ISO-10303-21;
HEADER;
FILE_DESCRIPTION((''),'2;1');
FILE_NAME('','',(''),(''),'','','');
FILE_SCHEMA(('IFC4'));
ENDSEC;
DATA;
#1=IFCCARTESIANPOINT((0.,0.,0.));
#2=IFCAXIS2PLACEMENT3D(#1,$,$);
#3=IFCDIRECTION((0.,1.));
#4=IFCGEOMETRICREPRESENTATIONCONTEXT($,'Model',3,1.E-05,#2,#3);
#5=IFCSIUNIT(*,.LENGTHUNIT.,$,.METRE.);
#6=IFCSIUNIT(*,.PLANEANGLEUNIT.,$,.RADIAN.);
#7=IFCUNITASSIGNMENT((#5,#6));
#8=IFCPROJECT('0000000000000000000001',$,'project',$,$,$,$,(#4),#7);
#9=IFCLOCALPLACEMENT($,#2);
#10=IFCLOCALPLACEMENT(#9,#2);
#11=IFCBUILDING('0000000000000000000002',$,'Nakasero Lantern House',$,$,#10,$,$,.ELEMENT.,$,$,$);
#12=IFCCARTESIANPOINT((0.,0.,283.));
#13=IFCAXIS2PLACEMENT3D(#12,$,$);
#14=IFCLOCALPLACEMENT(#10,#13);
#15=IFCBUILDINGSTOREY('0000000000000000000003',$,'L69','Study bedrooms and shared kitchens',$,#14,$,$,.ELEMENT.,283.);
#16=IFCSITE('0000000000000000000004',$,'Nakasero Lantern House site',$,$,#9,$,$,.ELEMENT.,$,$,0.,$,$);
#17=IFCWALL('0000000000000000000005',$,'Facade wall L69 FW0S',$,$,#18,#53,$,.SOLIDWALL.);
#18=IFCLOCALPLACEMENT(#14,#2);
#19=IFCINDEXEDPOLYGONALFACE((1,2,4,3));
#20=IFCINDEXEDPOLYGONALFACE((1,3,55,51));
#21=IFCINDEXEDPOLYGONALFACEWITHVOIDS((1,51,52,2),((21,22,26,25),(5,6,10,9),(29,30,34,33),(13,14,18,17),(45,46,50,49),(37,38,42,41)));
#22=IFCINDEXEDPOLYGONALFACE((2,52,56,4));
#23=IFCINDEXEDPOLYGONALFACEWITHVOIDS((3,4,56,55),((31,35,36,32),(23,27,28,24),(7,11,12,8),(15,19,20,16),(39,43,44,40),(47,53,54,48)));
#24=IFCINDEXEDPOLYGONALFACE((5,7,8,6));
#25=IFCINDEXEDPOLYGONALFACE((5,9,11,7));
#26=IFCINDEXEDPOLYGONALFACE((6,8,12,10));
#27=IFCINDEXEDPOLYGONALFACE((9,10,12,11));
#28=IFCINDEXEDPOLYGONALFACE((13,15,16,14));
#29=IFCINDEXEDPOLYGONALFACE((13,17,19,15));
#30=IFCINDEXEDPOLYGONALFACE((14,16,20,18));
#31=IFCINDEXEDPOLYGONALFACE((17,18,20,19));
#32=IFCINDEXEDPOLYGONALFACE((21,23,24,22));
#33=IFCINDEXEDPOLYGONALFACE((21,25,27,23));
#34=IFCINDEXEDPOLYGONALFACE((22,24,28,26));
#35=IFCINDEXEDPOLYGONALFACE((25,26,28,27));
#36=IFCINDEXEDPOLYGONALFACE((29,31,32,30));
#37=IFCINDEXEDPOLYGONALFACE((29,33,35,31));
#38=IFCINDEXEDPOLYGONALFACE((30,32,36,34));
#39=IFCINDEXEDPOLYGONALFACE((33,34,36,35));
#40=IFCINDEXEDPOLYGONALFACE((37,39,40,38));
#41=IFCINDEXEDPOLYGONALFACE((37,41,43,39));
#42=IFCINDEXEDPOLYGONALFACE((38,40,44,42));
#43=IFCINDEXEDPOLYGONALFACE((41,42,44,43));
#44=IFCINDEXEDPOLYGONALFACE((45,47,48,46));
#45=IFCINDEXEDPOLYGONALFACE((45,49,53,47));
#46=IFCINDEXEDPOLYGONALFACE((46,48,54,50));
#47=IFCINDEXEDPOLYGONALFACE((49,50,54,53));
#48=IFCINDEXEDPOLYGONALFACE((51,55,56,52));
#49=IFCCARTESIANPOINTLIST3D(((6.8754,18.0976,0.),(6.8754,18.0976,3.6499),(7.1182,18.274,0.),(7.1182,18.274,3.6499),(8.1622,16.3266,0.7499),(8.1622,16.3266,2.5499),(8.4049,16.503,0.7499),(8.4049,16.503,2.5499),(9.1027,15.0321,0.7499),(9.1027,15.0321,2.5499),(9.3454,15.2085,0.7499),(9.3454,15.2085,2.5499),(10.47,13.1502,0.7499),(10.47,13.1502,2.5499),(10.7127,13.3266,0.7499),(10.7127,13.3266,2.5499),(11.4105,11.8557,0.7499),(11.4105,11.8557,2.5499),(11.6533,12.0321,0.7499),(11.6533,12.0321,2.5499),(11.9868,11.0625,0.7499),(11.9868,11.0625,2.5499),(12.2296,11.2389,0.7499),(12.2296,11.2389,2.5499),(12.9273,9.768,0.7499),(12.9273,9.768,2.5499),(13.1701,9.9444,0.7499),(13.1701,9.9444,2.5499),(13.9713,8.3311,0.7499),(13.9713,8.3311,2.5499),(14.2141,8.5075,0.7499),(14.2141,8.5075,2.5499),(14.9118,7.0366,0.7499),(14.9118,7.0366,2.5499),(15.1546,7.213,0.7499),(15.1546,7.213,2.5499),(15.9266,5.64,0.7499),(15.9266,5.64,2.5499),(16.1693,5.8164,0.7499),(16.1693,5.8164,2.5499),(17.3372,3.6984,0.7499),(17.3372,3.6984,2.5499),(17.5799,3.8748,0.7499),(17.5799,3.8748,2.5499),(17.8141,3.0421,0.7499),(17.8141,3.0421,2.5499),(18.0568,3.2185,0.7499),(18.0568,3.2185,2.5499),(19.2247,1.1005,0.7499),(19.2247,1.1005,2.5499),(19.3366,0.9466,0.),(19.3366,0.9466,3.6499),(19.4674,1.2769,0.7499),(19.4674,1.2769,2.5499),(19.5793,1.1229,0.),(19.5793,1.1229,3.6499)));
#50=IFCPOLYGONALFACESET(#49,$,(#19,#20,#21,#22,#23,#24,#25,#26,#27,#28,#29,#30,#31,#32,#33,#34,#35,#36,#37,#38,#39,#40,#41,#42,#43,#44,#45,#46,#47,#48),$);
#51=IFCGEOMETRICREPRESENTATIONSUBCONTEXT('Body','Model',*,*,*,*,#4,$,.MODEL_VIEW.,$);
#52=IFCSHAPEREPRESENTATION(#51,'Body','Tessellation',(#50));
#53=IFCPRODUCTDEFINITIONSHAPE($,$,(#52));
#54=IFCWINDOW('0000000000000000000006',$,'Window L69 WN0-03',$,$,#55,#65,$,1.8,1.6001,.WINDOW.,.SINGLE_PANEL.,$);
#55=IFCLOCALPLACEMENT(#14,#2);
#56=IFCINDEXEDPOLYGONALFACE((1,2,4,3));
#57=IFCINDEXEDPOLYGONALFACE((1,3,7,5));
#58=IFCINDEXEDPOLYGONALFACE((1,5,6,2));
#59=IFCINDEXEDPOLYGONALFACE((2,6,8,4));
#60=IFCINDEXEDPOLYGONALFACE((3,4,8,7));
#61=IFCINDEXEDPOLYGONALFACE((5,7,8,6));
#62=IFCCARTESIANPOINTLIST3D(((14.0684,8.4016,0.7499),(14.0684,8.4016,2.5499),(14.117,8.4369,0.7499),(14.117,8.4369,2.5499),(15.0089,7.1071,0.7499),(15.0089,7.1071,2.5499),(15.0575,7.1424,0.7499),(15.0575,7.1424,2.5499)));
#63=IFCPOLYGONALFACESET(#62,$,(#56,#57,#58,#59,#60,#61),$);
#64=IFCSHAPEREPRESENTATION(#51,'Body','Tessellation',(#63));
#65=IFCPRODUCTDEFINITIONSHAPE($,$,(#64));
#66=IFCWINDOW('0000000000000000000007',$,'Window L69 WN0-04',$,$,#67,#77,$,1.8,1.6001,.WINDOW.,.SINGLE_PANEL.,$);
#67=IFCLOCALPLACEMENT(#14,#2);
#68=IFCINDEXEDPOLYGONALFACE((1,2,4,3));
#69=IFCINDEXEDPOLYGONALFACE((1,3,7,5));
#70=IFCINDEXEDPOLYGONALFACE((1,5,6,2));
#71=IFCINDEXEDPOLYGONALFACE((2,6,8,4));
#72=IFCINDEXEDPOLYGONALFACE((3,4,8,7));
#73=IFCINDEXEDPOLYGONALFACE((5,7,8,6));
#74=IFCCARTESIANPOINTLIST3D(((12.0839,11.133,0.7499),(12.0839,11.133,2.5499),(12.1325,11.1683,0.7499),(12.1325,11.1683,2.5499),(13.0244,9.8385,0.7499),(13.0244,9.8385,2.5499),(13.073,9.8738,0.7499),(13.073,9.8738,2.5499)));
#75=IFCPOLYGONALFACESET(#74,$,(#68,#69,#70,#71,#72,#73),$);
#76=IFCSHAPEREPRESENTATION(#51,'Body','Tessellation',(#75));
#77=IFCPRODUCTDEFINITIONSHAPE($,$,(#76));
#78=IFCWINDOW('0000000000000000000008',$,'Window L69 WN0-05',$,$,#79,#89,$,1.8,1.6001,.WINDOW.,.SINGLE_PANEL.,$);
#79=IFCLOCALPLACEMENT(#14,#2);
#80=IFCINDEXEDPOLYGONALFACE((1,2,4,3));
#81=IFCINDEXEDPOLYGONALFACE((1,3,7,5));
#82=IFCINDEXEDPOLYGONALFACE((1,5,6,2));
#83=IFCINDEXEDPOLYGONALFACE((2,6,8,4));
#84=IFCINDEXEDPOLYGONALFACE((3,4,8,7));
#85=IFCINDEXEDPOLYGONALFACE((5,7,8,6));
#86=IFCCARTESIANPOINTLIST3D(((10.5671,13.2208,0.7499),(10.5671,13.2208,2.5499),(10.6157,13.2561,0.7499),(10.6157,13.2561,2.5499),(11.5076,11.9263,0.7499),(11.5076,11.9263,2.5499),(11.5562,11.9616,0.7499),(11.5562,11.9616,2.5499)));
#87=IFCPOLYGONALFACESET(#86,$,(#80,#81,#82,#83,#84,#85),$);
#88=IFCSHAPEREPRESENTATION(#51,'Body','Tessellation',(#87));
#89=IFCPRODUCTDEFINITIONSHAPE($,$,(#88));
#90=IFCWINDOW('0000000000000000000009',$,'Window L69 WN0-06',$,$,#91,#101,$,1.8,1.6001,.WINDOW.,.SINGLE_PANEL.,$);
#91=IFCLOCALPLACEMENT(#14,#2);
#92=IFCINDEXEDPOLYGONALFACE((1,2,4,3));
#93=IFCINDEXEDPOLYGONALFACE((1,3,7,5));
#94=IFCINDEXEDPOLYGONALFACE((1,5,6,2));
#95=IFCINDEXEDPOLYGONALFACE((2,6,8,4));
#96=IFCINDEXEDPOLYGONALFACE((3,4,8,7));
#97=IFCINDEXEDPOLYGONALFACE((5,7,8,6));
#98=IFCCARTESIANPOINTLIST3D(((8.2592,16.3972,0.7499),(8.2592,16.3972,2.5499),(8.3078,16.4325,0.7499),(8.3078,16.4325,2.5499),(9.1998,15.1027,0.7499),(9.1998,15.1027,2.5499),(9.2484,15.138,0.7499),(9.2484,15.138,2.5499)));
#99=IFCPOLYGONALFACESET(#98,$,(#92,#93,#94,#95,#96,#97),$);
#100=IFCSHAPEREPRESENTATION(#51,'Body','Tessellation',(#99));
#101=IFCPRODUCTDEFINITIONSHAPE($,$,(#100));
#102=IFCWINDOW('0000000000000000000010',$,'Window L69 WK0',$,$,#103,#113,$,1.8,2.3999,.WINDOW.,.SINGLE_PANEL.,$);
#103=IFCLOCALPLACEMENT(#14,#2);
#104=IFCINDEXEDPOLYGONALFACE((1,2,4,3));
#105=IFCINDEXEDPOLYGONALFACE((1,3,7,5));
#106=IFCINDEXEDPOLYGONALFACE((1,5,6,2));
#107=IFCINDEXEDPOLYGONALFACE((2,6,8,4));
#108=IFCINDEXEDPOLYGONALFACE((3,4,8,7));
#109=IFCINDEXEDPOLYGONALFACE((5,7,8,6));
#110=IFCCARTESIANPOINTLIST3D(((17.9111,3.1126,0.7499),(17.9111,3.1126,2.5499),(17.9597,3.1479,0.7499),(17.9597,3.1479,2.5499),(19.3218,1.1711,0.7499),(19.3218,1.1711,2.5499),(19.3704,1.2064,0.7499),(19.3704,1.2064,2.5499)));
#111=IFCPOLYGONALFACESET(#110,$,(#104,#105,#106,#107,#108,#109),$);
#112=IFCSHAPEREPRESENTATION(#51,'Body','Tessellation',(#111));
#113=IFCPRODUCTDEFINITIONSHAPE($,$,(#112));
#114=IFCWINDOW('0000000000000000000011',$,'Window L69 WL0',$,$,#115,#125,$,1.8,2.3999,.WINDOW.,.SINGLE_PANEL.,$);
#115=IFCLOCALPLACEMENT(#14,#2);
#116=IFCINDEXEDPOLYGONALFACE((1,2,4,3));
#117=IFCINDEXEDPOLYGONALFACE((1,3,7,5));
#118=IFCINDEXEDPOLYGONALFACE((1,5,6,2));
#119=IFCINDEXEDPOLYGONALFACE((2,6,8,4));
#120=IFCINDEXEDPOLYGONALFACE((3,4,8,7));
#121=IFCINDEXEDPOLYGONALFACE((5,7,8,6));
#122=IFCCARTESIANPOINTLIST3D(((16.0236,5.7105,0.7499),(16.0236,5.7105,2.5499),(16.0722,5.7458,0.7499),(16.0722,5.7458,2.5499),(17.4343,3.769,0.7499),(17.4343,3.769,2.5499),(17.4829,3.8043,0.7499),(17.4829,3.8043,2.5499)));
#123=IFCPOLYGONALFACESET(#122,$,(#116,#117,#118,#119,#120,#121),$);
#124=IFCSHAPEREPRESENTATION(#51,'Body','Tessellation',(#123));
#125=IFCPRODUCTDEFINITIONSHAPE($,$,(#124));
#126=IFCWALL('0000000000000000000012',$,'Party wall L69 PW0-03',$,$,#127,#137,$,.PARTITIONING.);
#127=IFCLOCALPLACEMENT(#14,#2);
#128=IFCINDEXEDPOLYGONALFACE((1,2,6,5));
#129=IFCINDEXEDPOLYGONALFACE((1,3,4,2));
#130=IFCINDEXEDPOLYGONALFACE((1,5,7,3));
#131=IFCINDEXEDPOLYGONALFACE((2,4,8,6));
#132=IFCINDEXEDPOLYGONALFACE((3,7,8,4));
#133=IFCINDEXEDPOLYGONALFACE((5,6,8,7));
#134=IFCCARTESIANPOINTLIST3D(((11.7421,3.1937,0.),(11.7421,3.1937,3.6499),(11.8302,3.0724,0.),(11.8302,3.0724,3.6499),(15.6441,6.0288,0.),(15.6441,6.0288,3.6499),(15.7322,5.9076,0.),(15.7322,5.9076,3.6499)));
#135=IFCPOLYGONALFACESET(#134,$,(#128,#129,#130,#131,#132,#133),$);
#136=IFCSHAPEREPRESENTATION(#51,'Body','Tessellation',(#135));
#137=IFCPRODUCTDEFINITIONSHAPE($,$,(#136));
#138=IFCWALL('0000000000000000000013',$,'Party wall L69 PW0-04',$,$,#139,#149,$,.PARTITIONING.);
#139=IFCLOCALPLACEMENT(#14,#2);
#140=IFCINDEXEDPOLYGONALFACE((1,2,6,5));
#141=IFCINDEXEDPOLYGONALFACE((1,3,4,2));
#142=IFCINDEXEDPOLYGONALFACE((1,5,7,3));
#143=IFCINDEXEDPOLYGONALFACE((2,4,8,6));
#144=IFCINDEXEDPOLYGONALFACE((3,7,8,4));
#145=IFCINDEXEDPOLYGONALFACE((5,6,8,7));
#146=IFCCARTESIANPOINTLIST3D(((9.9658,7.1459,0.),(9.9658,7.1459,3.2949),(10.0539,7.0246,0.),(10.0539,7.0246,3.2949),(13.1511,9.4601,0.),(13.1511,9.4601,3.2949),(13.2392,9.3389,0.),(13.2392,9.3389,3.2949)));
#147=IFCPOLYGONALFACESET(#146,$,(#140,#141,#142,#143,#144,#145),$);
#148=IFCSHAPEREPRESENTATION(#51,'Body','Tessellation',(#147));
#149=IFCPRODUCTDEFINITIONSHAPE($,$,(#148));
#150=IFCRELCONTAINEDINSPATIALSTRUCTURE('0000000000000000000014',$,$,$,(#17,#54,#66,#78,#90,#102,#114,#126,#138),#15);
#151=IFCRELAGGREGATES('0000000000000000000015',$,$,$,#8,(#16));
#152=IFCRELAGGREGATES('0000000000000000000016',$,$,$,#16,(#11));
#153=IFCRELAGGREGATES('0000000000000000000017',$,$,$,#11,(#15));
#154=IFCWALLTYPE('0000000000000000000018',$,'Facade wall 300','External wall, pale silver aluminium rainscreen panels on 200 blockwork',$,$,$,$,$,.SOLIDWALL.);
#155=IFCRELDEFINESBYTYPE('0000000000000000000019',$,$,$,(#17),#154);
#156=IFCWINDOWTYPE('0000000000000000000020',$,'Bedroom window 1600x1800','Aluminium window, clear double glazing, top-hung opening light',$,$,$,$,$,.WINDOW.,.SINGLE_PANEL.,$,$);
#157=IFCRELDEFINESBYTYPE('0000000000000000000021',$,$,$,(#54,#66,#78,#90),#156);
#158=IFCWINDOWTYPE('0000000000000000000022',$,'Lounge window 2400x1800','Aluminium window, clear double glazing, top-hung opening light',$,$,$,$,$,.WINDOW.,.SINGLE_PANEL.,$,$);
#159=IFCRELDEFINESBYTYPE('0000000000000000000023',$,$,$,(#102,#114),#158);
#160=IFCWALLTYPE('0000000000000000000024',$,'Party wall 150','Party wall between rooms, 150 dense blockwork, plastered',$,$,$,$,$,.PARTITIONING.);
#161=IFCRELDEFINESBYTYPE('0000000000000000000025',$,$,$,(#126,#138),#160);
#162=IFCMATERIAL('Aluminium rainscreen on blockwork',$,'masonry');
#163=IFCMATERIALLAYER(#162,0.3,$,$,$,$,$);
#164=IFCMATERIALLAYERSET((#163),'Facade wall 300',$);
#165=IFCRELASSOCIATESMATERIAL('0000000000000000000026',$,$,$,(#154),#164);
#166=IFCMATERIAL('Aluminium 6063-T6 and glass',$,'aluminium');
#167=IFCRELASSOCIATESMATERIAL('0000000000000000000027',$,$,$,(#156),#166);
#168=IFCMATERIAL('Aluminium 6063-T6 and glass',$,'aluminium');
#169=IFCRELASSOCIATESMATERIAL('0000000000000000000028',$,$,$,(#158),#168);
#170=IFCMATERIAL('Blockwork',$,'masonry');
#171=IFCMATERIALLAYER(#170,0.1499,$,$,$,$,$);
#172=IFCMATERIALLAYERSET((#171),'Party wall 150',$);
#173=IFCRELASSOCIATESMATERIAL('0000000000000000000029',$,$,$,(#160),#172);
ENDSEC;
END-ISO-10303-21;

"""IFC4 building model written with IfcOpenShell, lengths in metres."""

from ifc_helpers import new_model, si_unit, direction, frame, frame_2d, origin, place, context, subcontext, project, spatial, rectangle, extrude, material, layer, layer_set, type_object, element, fill, save


model = new_model("IFC4")

# Units and contexts
model_context = context("Model", 3, precision=1e-05, world=origin(), true_north=direction((0.0, 1.0)))
body_context = subcontext(model_context, "Body", "Model", "MODEL_VIEW")
ifc_project = project(units=[si_unit("LENGTHUNIT", "METRE"), si_unit("PLANEANGLEUNIT", "RADIAN")], contexts=[model_context])

# Site, building, storey
site_placement = place(None, origin())
site = spatial("IfcSite", under=ifc_project, at=site_placement, Name="Nakasero Lantern House site", CompositionType="ELEMENT", RefElevation=0.0)
building_placement = place(site_placement, origin())
building = spatial("IfcBuilding", under=site, at=building_placement, Name="Nakasero Lantern House", CompositionType="ELEMENT")
storey_placement = place(building_placement, frame((0.0, 0.0, 283.0)))
storey = spatial("IfcBuildingStorey", under=building, at=storey_placement, Name="L69", Description="Study bedrooms and shared kitchens", CompositionType="ELEMENT", Elevation=283.0)

# Wall, openings, windows
ifc_material_1 = material(Name="Aluminium rainscreen on blockwork", Category="masonry")
ifc_layer_1 = layer(ifc_material_1, 0.3)
ifc_layer_set_1 = layer_set([ifc_layer_1], Name="Facade wall 300")
wall_type_1 = type_object("IfcWallType", Name="Facade wall 300", Description="External wall, pale silver aluminium rainscreen panels on 200 blockwork", PredefinedType="SOLIDWALL", material=ifc_layer_set_1)
wall_1_placement = place(storey_placement, frame((19.458, 1.0347, 0.0), z_axis=(0.0, 0.0, 1.0), x_axis=(-0.58779, 0.809013, 0.0)))
wall_1 = element("IfcWall", 1, at=wall_1_placement, inside=storey, type_object=wall_type_1, Name="Facade wall L69 FW0S", PredefinedType="SOLIDWALL", context=body_context, shape_type="SweptSolid", body=[
    extrude(rectangle(XDim=21.2, YDim=0.3, at=frame_2d((10.6001, 0.0))), origin(), (0.0, 0.0, 1.0), 3.6499),
])
opening_1_placement = place(wall_1_placement, frame((7.5278, 0.0, 0.75)))
opening_1 = element("IfcOpeningElement", 2, at=opening_1_placement, cuts=wall_1, PredefinedType="OPENING", context=body_context, shape_type="SweptSolid", body=[
    extrude(rectangle(XDim=1.6001, YDim=1.8, at=frame_2d((0.8, 0.8999))), frame((0.0, 0.1699, 0.0), z_axis=(0.0, -1.0, 0.0), x_axis=(1.0, 0.0, 0.0)), (0.0, 0.0, 1.0), 0.3401),
])
opening_2_placement = place(wall_1_placement, frame((10.9041, 0.0, 0.75)))
opening_2 = element("IfcOpeningElement", 3, at=opening_2_placement, cuts=wall_1, PredefinedType="OPENING", context=body_context, shape_type="SweptSolid", body=[
    extrude(rectangle(XDim=1.6001, YDim=1.8, at=frame_2d((0.8, 0.8999))), frame((0.0, 0.1699, 0.0), z_axis=(0.0, -1.0, 0.0), x_axis=(1.0, 0.0, 0.0)), (0.0, 0.0, 1.0), 0.3401),
])
opening_3_placement = place(wall_1_placement, frame((13.4846, 0.0, 0.75)))
opening_3 = element("IfcOpeningElement", 4, at=opening_3_placement, cuts=wall_1, PredefinedType="OPENING", context=body_context, shape_type="SweptSolid", body=[
    extrude(rectangle(XDim=1.6001, YDim=1.8, at=frame_2d((0.8, 0.8999))), frame((0.0, 0.1699, 0.0), z_axis=(0.0, -1.0, 0.0), x_axis=(1.0, 0.0, 0.0)), (0.0, 0.0, 1.0), 0.3401),
])
opening_4_placement = place(wall_1_placement, frame((17.4109, 0.0, 0.75)))
opening_4 = element("IfcOpeningElement", 5, at=opening_4_placement, cuts=wall_1, PredefinedType="OPENING", context=body_context, shape_type="SweptSolid", body=[
    extrude(rectangle(XDim=1.6001, YDim=1.8, at=frame_2d((0.8, 0.8999))), frame((0.0, 0.1699, 0.0), z_axis=(0.0, -1.0, 0.0), x_axis=(1.0, 0.0, 0.0)), (0.0, 0.0, 1.0), 0.3401),
])
opening_5_placement = place(wall_1_placement, frame((0.1904, 0.0, 0.75)))
opening_5 = element("IfcOpeningElement", 6, at=opening_5_placement, cuts=wall_1, PredefinedType="OPENING", context=body_context, shape_type="SweptSolid", body=[
    extrude(rectangle(XDim=2.3999, YDim=1.8, at=frame_2d((1.2, 0.8999))), frame((0.0, 0.1699, 0.0), z_axis=(0.0, -1.0, 0.0), x_axis=(1.0, 0.0, 0.0)), (0.0, 0.0, 1.0), 0.3401),
])
opening_6_placement = place(wall_1_placement, frame((3.4016, 0.0, 0.75)))
opening_6 = element("IfcOpeningElement", 7, at=opening_6_placement, cuts=wall_1, PredefinedType="OPENING", context=body_context, shape_type="SweptSolid", body=[
    extrude(rectangle(XDim=2.3999, YDim=1.8, at=frame_2d((1.2, 0.8999))), frame((0.0, 0.1699, 0.0), z_axis=(0.0, -1.0, 0.0), x_axis=(1.0, 0.0, 0.0)), (0.0, 0.0, 1.0), 0.3401),
])
ifc_material_2 = material(Name="Aluminium 6063-T6 and glass", Category="aluminium")
window_type_1 = type_object("IfcWindowType", Name="Bedroom window 1600x1800", Description="Aluminium window, clear double glazing, top-hung opening light", PartitioningType="SINGLE_PANEL", PredefinedType="WINDOW", material=ifc_material_2)
window_1_placement = place(opening_1_placement, origin())
window_1 = element("IfcWindow", 8, at=window_1_placement, inside=storey, type_object=window_type_1, Name="Window L69 WN0-03", OverallHeight=1.8, OverallWidth=1.6001, PartitioningType="SINGLE_PANEL", PredefinedType="WINDOW", context=body_context, shape_type="SweptSolid", body=[
    extrude(rectangle(XDim=1.6001, YDim=1.8, at=frame_2d((0.8, 0.8999))), frame((0.0, 0.03, 0.0), z_axis=(0.0, -1.0, 0.0), x_axis=(1.0, 0.0, 0.0)), (0.0, 0.0, 1.0), 0.0601),
])
fill(opening_1, window_1)
window_2_placement = place(opening_2_placement, origin())
window_2 = element("IfcWindow", 9, at=window_2_placement, inside=storey, type_object=window_type_1, Name="Window L69 WN0-04", OverallHeight=1.8, OverallWidth=1.6001, PartitioningType="SINGLE_PANEL", PredefinedType="WINDOW", context=body_context, shape_type="SweptSolid", body=[
    extrude(rectangle(XDim=1.6001, YDim=1.8, at=frame_2d((0.8, 0.8999))), frame((0.0, 0.03, 0.0), z_axis=(0.0, -1.0, 0.0), x_axis=(1.0, 0.0, 0.0)), (0.0, 0.0, 1.0), 0.0601),
])
fill(opening_2, window_2)
window_3_placement = place(opening_3_placement, origin())
window_3 = element("IfcWindow", 10, at=window_3_placement, inside=storey, type_object=window_type_1, Name="Window L69 WN0-05", OverallHeight=1.8, OverallWidth=1.6001, PartitioningType="SINGLE_PANEL", PredefinedType="WINDOW", context=body_context, shape_type="SweptSolid", body=[
    extrude(rectangle(XDim=1.6001, YDim=1.8, at=frame_2d((0.8, 0.8999))), frame((0.0, 0.03, 0.0), z_axis=(0.0, -1.0, 0.0), x_axis=(1.0, 0.0, 0.0)), (0.0, 0.0, 1.0), 0.0601),
])
fill(opening_3, window_3)
window_4_placement = place(opening_4_placement, origin())
window_4 = element("IfcWindow", 11, at=window_4_placement, inside=storey, type_object=window_type_1, Name="Window L69 WN0-06", OverallHeight=1.8, OverallWidth=1.6001, PartitioningType="SINGLE_PANEL", PredefinedType="WINDOW", context=body_context, shape_type="SweptSolid", body=[
    extrude(rectangle(XDim=1.6001, YDim=1.8, at=frame_2d((0.8, 0.8999))), frame((0.0, 0.03, 0.0), z_axis=(0.0, -1.0, 0.0), x_axis=(1.0, 0.0, 0.0)), (0.0, 0.0, 1.0), 0.0601),
])
fill(opening_4, window_4)
ifc_material_3 = material(Name="Aluminium 6063-T6 and glass", Category="aluminium")
window_type_2 = type_object("IfcWindowType", Name="Lounge window 2400x1800", Description="Aluminium window, clear double glazing, top-hung opening light", PartitioningType="SINGLE_PANEL", PredefinedType="WINDOW", material=ifc_material_3)
window_5_placement = place(opening_5_placement, origin())
window_5 = element("IfcWindow", 12, at=window_5_placement, inside=storey, type_object=window_type_2, Name="Window L69 WK0", OverallHeight=1.8, OverallWidth=2.3999, PartitioningType="SINGLE_PANEL", PredefinedType="WINDOW", context=body_context, shape_type="SweptSolid", body=[
    extrude(rectangle(XDim=2.3999, YDim=1.8, at=frame_2d((1.2, 0.8999))), frame((0.0, 0.03, 0.0), z_axis=(0.0, -1.0, 0.0), x_axis=(1.0, 0.0, 0.0)), (0.0, 0.0, 1.0), 0.0601),
])
fill(opening_5, window_5)
window_6_placement = place(opening_6_placement, origin())
window_6 = element("IfcWindow", 13, at=window_6_placement, inside=storey, type_object=window_type_2, Name="Window L69 WL0", OverallHeight=1.8, OverallWidth=2.3999, PartitioningType="SINGLE_PANEL", PredefinedType="WINDOW", context=body_context, shape_type="SweptSolid", body=[
    extrude(rectangle(XDim=2.3999, YDim=1.8, at=frame_2d((1.2, 0.8999))), frame((0.0, 0.03, 0.0), z_axis=(0.0, -1.0, 0.0), x_axis=(1.0, 0.0, 0.0)), (0.0, 0.0, 1.0), 0.0601),
])
fill(opening_6, window_6)

# Walls
ifc_material_4 = material(Name="Blockwork", Category="masonry")
ifc_layer_2 = layer(ifc_material_4, 0.1499)
ifc_layer_set_2 = layer_set([ifc_layer_2], Name="Party wall 150")
wall_type_2 = type_object("IfcWallType", Name="Party wall 150", Description="Party wall between rooms, 150 dense blockwork, plastered", PredefinedType="PARTITIONING", material=ifc_layer_set_2)
wall_2_placement = place(storey_placement, frame((11.7861, 3.1331, 0.0), z_axis=(0.0, 0.0, 1.0), x_axis=(0.809001, 0.587807, 0.0)))
element("IfcWall", 14, at=wall_2_placement, inside=storey, type_object=wall_type_2, Name="Party wall L69 PW0-03", PredefinedType="PARTITIONING", context=body_context, shape_type="SweptSolid", body=[
    extrude(rectangle(XDim=4.8232, YDim=0.1499, at=frame_2d((2.4116, 0.0))), origin(), (0.0, 0.0, 1.0), 3.6499),
])
wall_3_placement = place(storey_placement, frame((10.0098, 7.0852, 0.0), z_axis=(0.0, 0.0, 1.0), x_axis=(0.809023, 0.587777, 0.0)))
element("IfcWall", 15, at=wall_3_placement, inside=storey, type_object=wall_type_2, Name="Party wall L69 PW0-04", PredefinedType="PARTITIONING", context=body_context, shape_type="SweptSolid", body=[
    extrude(rectangle(XDim=3.9373, YDim=0.1499, at=frame_2d((1.9688, 0.0))), origin(), (0.0, 0.0, 1.0), 3.2949),
])

save(model, "model.ifc")
